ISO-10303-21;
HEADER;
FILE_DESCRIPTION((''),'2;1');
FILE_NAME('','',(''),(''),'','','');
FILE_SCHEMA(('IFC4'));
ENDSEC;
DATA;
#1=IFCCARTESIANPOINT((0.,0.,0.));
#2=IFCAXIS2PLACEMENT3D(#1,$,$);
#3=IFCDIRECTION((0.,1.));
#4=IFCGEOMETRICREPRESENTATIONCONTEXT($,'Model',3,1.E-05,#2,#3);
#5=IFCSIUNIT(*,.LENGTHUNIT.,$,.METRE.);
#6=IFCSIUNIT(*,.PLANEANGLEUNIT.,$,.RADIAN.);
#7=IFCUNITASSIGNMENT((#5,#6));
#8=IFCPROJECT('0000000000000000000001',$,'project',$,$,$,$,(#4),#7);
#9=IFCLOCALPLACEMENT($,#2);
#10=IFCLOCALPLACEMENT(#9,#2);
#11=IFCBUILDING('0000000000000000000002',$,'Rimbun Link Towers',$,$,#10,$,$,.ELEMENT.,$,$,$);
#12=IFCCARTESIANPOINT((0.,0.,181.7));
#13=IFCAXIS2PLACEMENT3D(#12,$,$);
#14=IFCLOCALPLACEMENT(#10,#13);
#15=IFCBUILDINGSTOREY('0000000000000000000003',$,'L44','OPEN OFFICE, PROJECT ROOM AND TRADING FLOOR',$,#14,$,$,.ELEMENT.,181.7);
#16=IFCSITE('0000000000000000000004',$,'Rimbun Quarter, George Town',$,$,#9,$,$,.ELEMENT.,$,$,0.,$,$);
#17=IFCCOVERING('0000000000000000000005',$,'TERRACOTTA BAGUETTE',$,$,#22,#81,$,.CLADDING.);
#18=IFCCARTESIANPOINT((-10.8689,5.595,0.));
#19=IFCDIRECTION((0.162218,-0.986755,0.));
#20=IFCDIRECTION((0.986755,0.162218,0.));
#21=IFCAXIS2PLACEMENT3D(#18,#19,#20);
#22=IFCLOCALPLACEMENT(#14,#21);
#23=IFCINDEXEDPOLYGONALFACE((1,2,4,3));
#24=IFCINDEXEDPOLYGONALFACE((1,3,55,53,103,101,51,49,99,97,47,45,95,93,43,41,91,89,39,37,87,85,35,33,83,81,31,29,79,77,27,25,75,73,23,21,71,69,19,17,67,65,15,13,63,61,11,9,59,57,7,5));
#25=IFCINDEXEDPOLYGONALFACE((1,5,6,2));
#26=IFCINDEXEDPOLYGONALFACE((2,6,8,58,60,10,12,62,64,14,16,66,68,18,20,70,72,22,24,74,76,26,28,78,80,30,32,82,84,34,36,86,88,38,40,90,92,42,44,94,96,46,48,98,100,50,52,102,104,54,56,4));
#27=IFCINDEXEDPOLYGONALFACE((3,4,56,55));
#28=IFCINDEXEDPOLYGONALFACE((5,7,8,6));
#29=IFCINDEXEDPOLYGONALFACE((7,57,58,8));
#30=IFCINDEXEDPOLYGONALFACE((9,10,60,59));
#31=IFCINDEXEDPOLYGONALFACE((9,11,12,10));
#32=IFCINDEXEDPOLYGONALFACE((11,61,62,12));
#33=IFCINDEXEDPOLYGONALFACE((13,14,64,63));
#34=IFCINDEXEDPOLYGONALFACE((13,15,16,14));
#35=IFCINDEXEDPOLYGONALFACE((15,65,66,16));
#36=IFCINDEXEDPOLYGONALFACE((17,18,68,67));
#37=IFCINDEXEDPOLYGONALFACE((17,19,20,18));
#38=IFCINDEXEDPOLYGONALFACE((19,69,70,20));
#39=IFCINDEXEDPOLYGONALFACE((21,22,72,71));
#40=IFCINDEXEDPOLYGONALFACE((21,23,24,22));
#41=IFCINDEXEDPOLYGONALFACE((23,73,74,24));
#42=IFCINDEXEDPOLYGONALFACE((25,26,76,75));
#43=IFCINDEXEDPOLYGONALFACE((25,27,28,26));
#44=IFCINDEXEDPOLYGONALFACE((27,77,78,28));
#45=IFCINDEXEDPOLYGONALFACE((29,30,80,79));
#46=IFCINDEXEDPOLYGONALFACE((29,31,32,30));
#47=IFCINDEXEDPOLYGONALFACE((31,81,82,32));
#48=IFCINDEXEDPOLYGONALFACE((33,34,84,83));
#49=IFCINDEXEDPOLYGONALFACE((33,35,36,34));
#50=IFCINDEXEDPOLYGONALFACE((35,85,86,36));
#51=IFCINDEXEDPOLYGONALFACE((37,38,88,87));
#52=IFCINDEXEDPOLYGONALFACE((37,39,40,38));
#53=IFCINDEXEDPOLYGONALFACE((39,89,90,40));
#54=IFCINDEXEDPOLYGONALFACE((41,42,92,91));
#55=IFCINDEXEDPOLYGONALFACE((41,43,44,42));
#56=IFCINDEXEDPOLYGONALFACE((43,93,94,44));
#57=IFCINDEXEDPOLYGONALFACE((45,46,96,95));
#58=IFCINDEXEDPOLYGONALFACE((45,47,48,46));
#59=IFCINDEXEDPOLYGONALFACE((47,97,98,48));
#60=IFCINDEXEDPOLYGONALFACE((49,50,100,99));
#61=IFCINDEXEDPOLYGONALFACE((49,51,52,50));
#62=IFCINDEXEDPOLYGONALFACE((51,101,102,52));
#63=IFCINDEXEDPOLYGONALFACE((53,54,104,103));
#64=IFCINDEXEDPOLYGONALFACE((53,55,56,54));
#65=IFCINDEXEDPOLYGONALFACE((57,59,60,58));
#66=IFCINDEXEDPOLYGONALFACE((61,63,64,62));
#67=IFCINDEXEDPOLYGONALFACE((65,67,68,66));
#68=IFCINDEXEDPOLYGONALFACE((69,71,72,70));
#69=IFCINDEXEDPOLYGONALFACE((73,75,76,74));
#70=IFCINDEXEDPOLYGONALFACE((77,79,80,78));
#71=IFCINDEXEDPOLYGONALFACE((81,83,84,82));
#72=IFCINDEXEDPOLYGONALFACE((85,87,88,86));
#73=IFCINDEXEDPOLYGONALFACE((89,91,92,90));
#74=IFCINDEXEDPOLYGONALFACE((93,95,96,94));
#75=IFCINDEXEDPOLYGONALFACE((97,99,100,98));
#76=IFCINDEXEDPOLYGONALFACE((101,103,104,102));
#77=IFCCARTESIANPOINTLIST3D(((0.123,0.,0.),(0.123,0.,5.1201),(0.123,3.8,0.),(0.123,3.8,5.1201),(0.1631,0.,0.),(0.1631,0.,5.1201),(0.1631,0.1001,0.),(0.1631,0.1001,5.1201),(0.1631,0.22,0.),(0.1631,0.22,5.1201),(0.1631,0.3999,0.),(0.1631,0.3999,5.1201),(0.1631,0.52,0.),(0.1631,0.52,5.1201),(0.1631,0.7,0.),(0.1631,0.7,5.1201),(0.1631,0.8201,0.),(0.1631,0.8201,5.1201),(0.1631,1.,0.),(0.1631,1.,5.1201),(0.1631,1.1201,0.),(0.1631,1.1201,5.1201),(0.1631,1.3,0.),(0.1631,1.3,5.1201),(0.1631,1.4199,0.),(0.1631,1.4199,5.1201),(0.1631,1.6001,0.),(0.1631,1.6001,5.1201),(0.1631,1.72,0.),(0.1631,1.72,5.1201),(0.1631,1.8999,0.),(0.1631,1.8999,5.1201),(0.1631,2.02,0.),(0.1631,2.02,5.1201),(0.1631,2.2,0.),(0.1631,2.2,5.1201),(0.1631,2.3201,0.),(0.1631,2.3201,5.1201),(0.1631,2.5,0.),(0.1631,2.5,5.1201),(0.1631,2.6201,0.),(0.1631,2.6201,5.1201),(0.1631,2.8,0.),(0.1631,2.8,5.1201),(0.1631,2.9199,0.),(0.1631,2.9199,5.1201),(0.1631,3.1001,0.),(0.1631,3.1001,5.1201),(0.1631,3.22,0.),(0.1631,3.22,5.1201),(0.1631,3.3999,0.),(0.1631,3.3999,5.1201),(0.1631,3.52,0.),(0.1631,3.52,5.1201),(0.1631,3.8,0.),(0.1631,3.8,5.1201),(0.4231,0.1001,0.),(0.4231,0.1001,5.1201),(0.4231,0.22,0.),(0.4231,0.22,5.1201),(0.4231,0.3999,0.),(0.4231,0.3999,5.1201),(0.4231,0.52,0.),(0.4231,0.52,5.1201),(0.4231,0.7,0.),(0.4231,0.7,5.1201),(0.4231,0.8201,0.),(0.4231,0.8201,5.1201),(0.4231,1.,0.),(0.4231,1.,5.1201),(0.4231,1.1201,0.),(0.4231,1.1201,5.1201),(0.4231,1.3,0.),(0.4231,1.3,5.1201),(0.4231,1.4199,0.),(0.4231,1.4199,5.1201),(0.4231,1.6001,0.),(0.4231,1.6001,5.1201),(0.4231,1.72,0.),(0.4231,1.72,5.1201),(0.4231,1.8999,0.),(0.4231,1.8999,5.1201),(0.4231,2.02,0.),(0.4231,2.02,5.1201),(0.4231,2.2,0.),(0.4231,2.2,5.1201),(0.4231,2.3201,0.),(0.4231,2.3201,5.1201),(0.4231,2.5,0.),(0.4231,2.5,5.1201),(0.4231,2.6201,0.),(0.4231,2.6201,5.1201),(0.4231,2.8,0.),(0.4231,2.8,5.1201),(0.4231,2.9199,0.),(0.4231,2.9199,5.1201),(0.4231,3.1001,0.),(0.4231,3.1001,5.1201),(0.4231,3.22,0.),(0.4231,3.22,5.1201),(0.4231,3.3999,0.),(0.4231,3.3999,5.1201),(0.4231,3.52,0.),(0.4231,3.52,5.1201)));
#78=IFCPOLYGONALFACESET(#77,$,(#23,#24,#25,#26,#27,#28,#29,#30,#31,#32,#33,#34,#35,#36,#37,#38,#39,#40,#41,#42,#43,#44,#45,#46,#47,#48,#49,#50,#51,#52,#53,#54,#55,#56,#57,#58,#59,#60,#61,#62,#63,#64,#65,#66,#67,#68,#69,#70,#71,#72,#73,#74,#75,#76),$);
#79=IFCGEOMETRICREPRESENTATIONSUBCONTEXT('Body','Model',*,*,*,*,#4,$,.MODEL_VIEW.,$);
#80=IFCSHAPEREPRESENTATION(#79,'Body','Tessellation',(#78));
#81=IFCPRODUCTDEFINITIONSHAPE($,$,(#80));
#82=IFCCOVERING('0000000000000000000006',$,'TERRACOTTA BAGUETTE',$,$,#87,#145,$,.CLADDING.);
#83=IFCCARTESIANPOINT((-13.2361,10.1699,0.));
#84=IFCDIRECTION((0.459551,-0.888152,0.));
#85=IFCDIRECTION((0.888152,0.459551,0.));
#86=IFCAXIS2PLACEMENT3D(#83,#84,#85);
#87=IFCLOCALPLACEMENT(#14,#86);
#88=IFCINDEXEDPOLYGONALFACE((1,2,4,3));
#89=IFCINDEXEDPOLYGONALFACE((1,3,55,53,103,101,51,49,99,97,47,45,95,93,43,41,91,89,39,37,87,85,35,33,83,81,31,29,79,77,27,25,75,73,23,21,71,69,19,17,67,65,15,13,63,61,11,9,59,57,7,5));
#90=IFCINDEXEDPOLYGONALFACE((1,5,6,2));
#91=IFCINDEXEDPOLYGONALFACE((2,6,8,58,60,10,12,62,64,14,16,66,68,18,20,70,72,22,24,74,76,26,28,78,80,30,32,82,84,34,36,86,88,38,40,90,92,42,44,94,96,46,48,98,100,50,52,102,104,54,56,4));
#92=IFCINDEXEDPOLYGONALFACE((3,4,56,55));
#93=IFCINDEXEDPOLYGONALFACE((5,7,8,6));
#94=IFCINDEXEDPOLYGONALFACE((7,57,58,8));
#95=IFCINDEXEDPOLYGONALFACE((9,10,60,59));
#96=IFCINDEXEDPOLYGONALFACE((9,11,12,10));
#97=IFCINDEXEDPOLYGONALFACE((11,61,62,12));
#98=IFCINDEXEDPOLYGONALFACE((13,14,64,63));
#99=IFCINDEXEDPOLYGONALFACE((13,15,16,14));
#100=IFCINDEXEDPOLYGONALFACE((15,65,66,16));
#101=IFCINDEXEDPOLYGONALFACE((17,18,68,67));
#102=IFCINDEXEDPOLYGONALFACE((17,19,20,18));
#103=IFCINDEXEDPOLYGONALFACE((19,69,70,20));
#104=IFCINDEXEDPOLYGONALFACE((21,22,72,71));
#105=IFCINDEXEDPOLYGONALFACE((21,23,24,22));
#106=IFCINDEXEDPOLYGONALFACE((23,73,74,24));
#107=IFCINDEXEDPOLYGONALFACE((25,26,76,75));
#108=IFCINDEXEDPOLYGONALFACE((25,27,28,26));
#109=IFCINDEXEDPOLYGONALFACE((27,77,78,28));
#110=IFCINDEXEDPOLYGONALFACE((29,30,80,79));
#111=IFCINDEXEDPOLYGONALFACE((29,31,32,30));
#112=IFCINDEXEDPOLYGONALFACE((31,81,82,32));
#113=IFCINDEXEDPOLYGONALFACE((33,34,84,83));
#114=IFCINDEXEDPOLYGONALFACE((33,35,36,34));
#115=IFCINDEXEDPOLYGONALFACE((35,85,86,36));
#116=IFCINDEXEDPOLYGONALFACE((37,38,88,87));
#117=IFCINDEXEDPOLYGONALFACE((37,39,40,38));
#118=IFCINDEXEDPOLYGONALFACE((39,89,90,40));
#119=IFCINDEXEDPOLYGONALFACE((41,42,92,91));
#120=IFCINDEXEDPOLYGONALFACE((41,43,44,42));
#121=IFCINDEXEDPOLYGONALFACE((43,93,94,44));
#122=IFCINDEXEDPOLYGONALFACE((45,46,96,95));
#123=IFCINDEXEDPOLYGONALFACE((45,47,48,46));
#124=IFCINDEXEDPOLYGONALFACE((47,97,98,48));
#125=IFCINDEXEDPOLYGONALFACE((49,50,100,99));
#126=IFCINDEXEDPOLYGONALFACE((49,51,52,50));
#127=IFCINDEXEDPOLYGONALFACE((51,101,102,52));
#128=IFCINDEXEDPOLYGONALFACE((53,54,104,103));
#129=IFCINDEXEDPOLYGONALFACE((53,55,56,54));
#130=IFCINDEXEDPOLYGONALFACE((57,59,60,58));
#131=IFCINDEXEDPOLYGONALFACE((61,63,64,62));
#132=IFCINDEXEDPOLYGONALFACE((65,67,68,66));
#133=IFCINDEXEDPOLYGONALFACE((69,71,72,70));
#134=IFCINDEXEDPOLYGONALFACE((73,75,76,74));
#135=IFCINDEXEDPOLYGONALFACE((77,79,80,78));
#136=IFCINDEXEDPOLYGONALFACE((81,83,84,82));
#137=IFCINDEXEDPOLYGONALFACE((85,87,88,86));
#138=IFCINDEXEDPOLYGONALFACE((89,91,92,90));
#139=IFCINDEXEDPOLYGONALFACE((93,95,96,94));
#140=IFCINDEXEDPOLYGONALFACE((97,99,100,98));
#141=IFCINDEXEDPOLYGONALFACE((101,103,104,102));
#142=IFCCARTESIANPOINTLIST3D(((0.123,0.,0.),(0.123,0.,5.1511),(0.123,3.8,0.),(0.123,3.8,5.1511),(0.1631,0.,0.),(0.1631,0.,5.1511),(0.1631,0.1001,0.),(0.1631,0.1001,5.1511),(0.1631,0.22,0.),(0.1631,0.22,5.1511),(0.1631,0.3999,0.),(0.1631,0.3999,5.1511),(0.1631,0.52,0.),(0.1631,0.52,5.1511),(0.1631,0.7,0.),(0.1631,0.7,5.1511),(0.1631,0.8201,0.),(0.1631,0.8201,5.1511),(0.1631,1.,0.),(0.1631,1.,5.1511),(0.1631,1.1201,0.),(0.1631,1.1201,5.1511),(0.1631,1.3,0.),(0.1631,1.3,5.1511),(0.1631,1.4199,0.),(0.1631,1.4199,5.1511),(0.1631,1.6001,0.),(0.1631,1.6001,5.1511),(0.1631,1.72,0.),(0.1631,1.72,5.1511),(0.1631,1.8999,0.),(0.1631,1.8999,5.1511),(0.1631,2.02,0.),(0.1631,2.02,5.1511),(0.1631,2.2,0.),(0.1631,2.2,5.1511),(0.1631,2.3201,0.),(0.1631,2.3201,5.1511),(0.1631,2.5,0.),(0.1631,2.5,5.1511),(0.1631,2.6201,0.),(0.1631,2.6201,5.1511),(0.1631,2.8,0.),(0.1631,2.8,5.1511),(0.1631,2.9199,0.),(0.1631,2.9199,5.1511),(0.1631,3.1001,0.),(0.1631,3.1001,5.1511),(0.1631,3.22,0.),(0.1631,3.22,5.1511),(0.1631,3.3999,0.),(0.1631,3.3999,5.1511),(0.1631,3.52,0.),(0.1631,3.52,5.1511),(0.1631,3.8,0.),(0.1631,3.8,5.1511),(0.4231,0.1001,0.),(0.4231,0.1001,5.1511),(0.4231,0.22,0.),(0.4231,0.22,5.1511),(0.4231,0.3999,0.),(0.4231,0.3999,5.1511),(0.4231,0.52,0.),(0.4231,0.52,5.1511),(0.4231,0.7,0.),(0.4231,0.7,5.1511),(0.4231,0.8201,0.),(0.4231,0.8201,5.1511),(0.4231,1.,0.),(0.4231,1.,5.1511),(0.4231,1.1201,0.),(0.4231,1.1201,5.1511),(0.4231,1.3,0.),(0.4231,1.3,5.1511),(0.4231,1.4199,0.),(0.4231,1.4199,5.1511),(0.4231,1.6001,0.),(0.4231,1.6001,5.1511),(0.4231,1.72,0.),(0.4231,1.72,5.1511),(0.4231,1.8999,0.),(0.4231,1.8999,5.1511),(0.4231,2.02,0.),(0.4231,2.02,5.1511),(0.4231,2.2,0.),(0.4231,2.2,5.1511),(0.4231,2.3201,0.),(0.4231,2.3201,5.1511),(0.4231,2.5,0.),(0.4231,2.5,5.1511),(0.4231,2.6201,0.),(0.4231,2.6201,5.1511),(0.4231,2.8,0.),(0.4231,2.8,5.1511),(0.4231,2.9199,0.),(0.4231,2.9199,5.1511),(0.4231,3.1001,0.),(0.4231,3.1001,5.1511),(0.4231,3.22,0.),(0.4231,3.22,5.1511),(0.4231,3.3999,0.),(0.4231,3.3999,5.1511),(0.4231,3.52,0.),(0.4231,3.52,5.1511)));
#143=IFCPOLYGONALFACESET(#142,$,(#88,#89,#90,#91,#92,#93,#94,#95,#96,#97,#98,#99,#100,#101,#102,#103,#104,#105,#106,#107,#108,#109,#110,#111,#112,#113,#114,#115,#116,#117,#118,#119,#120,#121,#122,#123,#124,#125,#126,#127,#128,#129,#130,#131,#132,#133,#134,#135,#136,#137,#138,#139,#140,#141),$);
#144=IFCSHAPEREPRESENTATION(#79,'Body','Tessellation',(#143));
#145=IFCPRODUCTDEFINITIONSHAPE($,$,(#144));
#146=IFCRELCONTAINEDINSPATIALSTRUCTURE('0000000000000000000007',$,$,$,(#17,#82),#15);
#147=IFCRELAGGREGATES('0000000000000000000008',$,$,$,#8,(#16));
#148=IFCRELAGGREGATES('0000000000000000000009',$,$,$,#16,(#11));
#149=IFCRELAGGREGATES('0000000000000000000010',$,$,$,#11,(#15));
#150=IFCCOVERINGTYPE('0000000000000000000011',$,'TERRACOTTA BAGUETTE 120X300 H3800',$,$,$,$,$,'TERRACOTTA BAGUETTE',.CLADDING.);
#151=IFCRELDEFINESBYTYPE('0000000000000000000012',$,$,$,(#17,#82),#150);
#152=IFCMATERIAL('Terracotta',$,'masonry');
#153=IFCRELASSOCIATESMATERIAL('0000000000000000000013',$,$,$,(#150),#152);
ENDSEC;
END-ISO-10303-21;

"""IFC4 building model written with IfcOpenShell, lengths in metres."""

from ifc_helpers import new_model, si_unit, direction, frame, origin, place, context, subcontext, project, spatial, polyline, outline, extrude, material, material_profile, profile_set, type_object, element, save


model = new_model("IFC4")

# Units and contexts
model_context = context("Model", 3, precision=1e-05, world=origin(), true_north=direction((0.0, 1.0)))
body_context = subcontext(model_context, "Body", "Model", "MODEL_VIEW")
ifc_project = project(units=[si_unit("LENGTHUNIT", "METRE"), si_unit("PLANEANGLEUNIT", "RADIAN")], contexts=[model_context])

# Site, building, storey
site_placement = place(None, origin())
site = spatial("IfcSite", under=ifc_project, at=site_placement, Name="Rimbun Quarter, George Town", CompositionType="ELEMENT", RefElevation=0.0)
building_placement = place(site_placement, origin())
building = spatial("IfcBuilding", under=site, at=building_placement, Name="Rimbun Link Towers", CompositionType="ELEMENT")
storey_placement = place(building_placement, frame((0.0, 0.0, 181.7)))
storey = spatial("IfcBuildingStorey", under=building, at=storey_placement, Name="L44", Description="OPEN OFFICE, PROJECT ROOM AND TRADING FLOOR", CompositionType="ELEMENT", Elevation=181.7)

# Coverings
ifc_material_1 = material(Name="Terracotta", Category="masonry")
ifc_material_profile_1 = material_profile(ifc_material_1, outline(polyline([(0.123, 0.0), (0.1631, 0.0), (0.1631, 0.1001), (0.4231, 0.1001), (0.4231, 0.22), (0.1631, 0.22), (0.1631, 0.3999), (0.4231, 0.3999), (0.4231, 0.52), (0.1631, 0.52), (0.1631, 0.7), (0.4231, 0.7), (0.4231, 0.8201), (0.1631, 0.8201), (0.1631, 1.0), (0.4231, 1.0), (0.4231, 1.1201), (0.1631, 1.1201), (0.1631, 1.3), (0.4231, 1.3), (0.4231, 1.4199), (0.1631, 1.4199), (0.1631, 1.6001), (0.4231, 1.6001), (0.4231, 1.72), (0.1631, 1.72), (0.1631, 1.8999), (0.4231, 1.8999), (0.4231, 2.02), (0.1631, 2.02), (0.1631, 2.2), (0.4231, 2.2), (0.4231, 2.3201), (0.1631, 2.3201), (0.1631, 2.5), (0.4231, 2.5), (0.4231, 2.6201), (0.1631, 2.6201), (0.1631, 2.8), (0.4231, 2.8), (0.4231, 2.9199), (0.1631, 2.9199), (0.1631, 3.1001), (0.4231, 3.1001), (0.4231, 3.22), (0.1631, 3.22), (0.1631, 3.3999), (0.4231, 3.3999), (0.4231, 3.52), (0.1631, 3.52), (0.1631, 3.8), (0.123, 3.8), (0.123, 0.0)])), Name="BAGUETTE 120X300")
ifc_profile_set_1 = profile_set([ifc_material_profile_1], Name="Terracotta")
covering_type = type_object("IfcCoveringType", Name="TERRACOTTA BAGUETTE 120X300 H3800", ElementType="TERRACOTTA BAGUETTE", PredefinedType="CLADDING", material=ifc_profile_set_1)
covering_1_placement = place(storey_placement, frame((-10.8689, 5.595, 0.0), z_axis=(0.162218, -0.986755, 0.0), x_axis=(0.986755, 0.162218, 0.0)))
element("IfcCovering", 1, at=covering_1_placement, inside=storey, type_object=covering_type, Name="TERRACOTTA BAGUETTE", PredefinedType="CLADDING", context=body_context, shape_type="SweptSolid", body=[
    extrude(outline(polyline([(0.123, 0.0), (0.1631, 0.0), (0.1631, 0.1001), (0.4231, 0.1001), (0.4231, 0.22), (0.1631, 0.22), (0.1631, 0.3999), (0.4231, 0.3999), (0.4231, 0.52), (0.1631, 0.52), (0.1631, 0.7), (0.4231, 0.7), (0.4231, 0.8201), (0.1631, 0.8201), (0.1631, 1.0), (0.4231, 1.0), (0.4231, 1.1201), (0.1631, 1.1201), (0.1631, 1.3), (0.4231, 1.3), (0.4231, 1.4199), (0.1631, 1.4199), (0.1631, 1.6001), (0.4231, 1.6001), (0.4231, 1.72), (0.1631, 1.72), (0.1631, 1.8999), (0.4231, 1.8999), (0.4231, 2.02), (0.1631, 2.02), (0.1631, 2.2), (0.4231, 2.2), (0.4231, 2.3201), (0.1631, 2.3201), (0.1631, 2.5), (0.4231, 2.5), (0.4231, 2.6201), (0.1631, 2.6201), (0.1631, 2.8), (0.4231, 2.8), (0.4231, 2.9199), (0.1631, 2.9199), (0.1631, 3.1001), (0.4231, 3.1001), (0.4231, 3.22), (0.1631, 3.22), (0.1631, 3.3999), (0.4231, 3.3999), (0.4231, 3.52), (0.1631, 3.52), (0.1631, 3.8), (0.123, 3.8), (0.123, 0.0)])), origin(), (0.0, 0.0, 1.0), 5.1201),
])
for number, where, z_axis, x_axis, name in (
    (2, (-13.2361, 10.1699, 0.0), (0.459551, -0.888152, 0.0), (0.888152, 0.459551, 0.0), "TERRACOTTA BAGUETTE"),
):
    element("IfcCovering", number, at=place(storey_placement, frame(where, z_axis=z_axis, x_axis=x_axis)), inside=storey, type_object=covering_type, Name=name, PredefinedType="CLADDING", context=body_context, shape_type="SweptSolid", body=[
        extrude(outline(polyline([(0.123, 0.0), (0.1631, 0.0), (0.1631, 0.1001), (0.4231, 0.1001), (0.4231, 0.22), (0.1631, 0.22), (0.1631, 0.3999), (0.4231, 0.3999), (0.4231, 0.52), (0.1631, 0.52), (0.1631, 0.7), (0.4231, 0.7), (0.4231, 0.8201), (0.1631, 0.8201), (0.1631, 1.0), (0.4231, 1.0), (0.4231, 1.1201), (0.1631, 1.1201), (0.1631, 1.3), (0.4231, 1.3), (0.4231, 1.4199), (0.1631, 1.4199), (0.1631, 1.6001), (0.4231, 1.6001), (0.4231, 1.72), (0.1631, 1.72), (0.1631, 1.8999), (0.4231, 1.8999), (0.4231, 2.02), (0.1631, 2.02), (0.1631, 2.2), (0.4231, 2.2), (0.4231, 2.3201), (0.1631, 2.3201), (0.1631, 2.5), (0.4231, 2.5), (0.4231, 2.6201), (0.1631, 2.6201), (0.1631, 2.8), (0.4231, 2.8), (0.4231, 2.9199), (0.1631, 2.9199), (0.1631, 3.1001), (0.4231, 3.1001), (0.4231, 3.22), (0.1631, 3.22), (0.1631, 3.3999), (0.4231, 3.3999), (0.4231, 3.52), (0.1631, 3.52), (0.1631, 3.8), (0.123, 3.8), (0.123, 0.0)])), origin(), (0.0, 0.0, 1.0), 5.1511),
    ])

save(model, "model.ifc")
